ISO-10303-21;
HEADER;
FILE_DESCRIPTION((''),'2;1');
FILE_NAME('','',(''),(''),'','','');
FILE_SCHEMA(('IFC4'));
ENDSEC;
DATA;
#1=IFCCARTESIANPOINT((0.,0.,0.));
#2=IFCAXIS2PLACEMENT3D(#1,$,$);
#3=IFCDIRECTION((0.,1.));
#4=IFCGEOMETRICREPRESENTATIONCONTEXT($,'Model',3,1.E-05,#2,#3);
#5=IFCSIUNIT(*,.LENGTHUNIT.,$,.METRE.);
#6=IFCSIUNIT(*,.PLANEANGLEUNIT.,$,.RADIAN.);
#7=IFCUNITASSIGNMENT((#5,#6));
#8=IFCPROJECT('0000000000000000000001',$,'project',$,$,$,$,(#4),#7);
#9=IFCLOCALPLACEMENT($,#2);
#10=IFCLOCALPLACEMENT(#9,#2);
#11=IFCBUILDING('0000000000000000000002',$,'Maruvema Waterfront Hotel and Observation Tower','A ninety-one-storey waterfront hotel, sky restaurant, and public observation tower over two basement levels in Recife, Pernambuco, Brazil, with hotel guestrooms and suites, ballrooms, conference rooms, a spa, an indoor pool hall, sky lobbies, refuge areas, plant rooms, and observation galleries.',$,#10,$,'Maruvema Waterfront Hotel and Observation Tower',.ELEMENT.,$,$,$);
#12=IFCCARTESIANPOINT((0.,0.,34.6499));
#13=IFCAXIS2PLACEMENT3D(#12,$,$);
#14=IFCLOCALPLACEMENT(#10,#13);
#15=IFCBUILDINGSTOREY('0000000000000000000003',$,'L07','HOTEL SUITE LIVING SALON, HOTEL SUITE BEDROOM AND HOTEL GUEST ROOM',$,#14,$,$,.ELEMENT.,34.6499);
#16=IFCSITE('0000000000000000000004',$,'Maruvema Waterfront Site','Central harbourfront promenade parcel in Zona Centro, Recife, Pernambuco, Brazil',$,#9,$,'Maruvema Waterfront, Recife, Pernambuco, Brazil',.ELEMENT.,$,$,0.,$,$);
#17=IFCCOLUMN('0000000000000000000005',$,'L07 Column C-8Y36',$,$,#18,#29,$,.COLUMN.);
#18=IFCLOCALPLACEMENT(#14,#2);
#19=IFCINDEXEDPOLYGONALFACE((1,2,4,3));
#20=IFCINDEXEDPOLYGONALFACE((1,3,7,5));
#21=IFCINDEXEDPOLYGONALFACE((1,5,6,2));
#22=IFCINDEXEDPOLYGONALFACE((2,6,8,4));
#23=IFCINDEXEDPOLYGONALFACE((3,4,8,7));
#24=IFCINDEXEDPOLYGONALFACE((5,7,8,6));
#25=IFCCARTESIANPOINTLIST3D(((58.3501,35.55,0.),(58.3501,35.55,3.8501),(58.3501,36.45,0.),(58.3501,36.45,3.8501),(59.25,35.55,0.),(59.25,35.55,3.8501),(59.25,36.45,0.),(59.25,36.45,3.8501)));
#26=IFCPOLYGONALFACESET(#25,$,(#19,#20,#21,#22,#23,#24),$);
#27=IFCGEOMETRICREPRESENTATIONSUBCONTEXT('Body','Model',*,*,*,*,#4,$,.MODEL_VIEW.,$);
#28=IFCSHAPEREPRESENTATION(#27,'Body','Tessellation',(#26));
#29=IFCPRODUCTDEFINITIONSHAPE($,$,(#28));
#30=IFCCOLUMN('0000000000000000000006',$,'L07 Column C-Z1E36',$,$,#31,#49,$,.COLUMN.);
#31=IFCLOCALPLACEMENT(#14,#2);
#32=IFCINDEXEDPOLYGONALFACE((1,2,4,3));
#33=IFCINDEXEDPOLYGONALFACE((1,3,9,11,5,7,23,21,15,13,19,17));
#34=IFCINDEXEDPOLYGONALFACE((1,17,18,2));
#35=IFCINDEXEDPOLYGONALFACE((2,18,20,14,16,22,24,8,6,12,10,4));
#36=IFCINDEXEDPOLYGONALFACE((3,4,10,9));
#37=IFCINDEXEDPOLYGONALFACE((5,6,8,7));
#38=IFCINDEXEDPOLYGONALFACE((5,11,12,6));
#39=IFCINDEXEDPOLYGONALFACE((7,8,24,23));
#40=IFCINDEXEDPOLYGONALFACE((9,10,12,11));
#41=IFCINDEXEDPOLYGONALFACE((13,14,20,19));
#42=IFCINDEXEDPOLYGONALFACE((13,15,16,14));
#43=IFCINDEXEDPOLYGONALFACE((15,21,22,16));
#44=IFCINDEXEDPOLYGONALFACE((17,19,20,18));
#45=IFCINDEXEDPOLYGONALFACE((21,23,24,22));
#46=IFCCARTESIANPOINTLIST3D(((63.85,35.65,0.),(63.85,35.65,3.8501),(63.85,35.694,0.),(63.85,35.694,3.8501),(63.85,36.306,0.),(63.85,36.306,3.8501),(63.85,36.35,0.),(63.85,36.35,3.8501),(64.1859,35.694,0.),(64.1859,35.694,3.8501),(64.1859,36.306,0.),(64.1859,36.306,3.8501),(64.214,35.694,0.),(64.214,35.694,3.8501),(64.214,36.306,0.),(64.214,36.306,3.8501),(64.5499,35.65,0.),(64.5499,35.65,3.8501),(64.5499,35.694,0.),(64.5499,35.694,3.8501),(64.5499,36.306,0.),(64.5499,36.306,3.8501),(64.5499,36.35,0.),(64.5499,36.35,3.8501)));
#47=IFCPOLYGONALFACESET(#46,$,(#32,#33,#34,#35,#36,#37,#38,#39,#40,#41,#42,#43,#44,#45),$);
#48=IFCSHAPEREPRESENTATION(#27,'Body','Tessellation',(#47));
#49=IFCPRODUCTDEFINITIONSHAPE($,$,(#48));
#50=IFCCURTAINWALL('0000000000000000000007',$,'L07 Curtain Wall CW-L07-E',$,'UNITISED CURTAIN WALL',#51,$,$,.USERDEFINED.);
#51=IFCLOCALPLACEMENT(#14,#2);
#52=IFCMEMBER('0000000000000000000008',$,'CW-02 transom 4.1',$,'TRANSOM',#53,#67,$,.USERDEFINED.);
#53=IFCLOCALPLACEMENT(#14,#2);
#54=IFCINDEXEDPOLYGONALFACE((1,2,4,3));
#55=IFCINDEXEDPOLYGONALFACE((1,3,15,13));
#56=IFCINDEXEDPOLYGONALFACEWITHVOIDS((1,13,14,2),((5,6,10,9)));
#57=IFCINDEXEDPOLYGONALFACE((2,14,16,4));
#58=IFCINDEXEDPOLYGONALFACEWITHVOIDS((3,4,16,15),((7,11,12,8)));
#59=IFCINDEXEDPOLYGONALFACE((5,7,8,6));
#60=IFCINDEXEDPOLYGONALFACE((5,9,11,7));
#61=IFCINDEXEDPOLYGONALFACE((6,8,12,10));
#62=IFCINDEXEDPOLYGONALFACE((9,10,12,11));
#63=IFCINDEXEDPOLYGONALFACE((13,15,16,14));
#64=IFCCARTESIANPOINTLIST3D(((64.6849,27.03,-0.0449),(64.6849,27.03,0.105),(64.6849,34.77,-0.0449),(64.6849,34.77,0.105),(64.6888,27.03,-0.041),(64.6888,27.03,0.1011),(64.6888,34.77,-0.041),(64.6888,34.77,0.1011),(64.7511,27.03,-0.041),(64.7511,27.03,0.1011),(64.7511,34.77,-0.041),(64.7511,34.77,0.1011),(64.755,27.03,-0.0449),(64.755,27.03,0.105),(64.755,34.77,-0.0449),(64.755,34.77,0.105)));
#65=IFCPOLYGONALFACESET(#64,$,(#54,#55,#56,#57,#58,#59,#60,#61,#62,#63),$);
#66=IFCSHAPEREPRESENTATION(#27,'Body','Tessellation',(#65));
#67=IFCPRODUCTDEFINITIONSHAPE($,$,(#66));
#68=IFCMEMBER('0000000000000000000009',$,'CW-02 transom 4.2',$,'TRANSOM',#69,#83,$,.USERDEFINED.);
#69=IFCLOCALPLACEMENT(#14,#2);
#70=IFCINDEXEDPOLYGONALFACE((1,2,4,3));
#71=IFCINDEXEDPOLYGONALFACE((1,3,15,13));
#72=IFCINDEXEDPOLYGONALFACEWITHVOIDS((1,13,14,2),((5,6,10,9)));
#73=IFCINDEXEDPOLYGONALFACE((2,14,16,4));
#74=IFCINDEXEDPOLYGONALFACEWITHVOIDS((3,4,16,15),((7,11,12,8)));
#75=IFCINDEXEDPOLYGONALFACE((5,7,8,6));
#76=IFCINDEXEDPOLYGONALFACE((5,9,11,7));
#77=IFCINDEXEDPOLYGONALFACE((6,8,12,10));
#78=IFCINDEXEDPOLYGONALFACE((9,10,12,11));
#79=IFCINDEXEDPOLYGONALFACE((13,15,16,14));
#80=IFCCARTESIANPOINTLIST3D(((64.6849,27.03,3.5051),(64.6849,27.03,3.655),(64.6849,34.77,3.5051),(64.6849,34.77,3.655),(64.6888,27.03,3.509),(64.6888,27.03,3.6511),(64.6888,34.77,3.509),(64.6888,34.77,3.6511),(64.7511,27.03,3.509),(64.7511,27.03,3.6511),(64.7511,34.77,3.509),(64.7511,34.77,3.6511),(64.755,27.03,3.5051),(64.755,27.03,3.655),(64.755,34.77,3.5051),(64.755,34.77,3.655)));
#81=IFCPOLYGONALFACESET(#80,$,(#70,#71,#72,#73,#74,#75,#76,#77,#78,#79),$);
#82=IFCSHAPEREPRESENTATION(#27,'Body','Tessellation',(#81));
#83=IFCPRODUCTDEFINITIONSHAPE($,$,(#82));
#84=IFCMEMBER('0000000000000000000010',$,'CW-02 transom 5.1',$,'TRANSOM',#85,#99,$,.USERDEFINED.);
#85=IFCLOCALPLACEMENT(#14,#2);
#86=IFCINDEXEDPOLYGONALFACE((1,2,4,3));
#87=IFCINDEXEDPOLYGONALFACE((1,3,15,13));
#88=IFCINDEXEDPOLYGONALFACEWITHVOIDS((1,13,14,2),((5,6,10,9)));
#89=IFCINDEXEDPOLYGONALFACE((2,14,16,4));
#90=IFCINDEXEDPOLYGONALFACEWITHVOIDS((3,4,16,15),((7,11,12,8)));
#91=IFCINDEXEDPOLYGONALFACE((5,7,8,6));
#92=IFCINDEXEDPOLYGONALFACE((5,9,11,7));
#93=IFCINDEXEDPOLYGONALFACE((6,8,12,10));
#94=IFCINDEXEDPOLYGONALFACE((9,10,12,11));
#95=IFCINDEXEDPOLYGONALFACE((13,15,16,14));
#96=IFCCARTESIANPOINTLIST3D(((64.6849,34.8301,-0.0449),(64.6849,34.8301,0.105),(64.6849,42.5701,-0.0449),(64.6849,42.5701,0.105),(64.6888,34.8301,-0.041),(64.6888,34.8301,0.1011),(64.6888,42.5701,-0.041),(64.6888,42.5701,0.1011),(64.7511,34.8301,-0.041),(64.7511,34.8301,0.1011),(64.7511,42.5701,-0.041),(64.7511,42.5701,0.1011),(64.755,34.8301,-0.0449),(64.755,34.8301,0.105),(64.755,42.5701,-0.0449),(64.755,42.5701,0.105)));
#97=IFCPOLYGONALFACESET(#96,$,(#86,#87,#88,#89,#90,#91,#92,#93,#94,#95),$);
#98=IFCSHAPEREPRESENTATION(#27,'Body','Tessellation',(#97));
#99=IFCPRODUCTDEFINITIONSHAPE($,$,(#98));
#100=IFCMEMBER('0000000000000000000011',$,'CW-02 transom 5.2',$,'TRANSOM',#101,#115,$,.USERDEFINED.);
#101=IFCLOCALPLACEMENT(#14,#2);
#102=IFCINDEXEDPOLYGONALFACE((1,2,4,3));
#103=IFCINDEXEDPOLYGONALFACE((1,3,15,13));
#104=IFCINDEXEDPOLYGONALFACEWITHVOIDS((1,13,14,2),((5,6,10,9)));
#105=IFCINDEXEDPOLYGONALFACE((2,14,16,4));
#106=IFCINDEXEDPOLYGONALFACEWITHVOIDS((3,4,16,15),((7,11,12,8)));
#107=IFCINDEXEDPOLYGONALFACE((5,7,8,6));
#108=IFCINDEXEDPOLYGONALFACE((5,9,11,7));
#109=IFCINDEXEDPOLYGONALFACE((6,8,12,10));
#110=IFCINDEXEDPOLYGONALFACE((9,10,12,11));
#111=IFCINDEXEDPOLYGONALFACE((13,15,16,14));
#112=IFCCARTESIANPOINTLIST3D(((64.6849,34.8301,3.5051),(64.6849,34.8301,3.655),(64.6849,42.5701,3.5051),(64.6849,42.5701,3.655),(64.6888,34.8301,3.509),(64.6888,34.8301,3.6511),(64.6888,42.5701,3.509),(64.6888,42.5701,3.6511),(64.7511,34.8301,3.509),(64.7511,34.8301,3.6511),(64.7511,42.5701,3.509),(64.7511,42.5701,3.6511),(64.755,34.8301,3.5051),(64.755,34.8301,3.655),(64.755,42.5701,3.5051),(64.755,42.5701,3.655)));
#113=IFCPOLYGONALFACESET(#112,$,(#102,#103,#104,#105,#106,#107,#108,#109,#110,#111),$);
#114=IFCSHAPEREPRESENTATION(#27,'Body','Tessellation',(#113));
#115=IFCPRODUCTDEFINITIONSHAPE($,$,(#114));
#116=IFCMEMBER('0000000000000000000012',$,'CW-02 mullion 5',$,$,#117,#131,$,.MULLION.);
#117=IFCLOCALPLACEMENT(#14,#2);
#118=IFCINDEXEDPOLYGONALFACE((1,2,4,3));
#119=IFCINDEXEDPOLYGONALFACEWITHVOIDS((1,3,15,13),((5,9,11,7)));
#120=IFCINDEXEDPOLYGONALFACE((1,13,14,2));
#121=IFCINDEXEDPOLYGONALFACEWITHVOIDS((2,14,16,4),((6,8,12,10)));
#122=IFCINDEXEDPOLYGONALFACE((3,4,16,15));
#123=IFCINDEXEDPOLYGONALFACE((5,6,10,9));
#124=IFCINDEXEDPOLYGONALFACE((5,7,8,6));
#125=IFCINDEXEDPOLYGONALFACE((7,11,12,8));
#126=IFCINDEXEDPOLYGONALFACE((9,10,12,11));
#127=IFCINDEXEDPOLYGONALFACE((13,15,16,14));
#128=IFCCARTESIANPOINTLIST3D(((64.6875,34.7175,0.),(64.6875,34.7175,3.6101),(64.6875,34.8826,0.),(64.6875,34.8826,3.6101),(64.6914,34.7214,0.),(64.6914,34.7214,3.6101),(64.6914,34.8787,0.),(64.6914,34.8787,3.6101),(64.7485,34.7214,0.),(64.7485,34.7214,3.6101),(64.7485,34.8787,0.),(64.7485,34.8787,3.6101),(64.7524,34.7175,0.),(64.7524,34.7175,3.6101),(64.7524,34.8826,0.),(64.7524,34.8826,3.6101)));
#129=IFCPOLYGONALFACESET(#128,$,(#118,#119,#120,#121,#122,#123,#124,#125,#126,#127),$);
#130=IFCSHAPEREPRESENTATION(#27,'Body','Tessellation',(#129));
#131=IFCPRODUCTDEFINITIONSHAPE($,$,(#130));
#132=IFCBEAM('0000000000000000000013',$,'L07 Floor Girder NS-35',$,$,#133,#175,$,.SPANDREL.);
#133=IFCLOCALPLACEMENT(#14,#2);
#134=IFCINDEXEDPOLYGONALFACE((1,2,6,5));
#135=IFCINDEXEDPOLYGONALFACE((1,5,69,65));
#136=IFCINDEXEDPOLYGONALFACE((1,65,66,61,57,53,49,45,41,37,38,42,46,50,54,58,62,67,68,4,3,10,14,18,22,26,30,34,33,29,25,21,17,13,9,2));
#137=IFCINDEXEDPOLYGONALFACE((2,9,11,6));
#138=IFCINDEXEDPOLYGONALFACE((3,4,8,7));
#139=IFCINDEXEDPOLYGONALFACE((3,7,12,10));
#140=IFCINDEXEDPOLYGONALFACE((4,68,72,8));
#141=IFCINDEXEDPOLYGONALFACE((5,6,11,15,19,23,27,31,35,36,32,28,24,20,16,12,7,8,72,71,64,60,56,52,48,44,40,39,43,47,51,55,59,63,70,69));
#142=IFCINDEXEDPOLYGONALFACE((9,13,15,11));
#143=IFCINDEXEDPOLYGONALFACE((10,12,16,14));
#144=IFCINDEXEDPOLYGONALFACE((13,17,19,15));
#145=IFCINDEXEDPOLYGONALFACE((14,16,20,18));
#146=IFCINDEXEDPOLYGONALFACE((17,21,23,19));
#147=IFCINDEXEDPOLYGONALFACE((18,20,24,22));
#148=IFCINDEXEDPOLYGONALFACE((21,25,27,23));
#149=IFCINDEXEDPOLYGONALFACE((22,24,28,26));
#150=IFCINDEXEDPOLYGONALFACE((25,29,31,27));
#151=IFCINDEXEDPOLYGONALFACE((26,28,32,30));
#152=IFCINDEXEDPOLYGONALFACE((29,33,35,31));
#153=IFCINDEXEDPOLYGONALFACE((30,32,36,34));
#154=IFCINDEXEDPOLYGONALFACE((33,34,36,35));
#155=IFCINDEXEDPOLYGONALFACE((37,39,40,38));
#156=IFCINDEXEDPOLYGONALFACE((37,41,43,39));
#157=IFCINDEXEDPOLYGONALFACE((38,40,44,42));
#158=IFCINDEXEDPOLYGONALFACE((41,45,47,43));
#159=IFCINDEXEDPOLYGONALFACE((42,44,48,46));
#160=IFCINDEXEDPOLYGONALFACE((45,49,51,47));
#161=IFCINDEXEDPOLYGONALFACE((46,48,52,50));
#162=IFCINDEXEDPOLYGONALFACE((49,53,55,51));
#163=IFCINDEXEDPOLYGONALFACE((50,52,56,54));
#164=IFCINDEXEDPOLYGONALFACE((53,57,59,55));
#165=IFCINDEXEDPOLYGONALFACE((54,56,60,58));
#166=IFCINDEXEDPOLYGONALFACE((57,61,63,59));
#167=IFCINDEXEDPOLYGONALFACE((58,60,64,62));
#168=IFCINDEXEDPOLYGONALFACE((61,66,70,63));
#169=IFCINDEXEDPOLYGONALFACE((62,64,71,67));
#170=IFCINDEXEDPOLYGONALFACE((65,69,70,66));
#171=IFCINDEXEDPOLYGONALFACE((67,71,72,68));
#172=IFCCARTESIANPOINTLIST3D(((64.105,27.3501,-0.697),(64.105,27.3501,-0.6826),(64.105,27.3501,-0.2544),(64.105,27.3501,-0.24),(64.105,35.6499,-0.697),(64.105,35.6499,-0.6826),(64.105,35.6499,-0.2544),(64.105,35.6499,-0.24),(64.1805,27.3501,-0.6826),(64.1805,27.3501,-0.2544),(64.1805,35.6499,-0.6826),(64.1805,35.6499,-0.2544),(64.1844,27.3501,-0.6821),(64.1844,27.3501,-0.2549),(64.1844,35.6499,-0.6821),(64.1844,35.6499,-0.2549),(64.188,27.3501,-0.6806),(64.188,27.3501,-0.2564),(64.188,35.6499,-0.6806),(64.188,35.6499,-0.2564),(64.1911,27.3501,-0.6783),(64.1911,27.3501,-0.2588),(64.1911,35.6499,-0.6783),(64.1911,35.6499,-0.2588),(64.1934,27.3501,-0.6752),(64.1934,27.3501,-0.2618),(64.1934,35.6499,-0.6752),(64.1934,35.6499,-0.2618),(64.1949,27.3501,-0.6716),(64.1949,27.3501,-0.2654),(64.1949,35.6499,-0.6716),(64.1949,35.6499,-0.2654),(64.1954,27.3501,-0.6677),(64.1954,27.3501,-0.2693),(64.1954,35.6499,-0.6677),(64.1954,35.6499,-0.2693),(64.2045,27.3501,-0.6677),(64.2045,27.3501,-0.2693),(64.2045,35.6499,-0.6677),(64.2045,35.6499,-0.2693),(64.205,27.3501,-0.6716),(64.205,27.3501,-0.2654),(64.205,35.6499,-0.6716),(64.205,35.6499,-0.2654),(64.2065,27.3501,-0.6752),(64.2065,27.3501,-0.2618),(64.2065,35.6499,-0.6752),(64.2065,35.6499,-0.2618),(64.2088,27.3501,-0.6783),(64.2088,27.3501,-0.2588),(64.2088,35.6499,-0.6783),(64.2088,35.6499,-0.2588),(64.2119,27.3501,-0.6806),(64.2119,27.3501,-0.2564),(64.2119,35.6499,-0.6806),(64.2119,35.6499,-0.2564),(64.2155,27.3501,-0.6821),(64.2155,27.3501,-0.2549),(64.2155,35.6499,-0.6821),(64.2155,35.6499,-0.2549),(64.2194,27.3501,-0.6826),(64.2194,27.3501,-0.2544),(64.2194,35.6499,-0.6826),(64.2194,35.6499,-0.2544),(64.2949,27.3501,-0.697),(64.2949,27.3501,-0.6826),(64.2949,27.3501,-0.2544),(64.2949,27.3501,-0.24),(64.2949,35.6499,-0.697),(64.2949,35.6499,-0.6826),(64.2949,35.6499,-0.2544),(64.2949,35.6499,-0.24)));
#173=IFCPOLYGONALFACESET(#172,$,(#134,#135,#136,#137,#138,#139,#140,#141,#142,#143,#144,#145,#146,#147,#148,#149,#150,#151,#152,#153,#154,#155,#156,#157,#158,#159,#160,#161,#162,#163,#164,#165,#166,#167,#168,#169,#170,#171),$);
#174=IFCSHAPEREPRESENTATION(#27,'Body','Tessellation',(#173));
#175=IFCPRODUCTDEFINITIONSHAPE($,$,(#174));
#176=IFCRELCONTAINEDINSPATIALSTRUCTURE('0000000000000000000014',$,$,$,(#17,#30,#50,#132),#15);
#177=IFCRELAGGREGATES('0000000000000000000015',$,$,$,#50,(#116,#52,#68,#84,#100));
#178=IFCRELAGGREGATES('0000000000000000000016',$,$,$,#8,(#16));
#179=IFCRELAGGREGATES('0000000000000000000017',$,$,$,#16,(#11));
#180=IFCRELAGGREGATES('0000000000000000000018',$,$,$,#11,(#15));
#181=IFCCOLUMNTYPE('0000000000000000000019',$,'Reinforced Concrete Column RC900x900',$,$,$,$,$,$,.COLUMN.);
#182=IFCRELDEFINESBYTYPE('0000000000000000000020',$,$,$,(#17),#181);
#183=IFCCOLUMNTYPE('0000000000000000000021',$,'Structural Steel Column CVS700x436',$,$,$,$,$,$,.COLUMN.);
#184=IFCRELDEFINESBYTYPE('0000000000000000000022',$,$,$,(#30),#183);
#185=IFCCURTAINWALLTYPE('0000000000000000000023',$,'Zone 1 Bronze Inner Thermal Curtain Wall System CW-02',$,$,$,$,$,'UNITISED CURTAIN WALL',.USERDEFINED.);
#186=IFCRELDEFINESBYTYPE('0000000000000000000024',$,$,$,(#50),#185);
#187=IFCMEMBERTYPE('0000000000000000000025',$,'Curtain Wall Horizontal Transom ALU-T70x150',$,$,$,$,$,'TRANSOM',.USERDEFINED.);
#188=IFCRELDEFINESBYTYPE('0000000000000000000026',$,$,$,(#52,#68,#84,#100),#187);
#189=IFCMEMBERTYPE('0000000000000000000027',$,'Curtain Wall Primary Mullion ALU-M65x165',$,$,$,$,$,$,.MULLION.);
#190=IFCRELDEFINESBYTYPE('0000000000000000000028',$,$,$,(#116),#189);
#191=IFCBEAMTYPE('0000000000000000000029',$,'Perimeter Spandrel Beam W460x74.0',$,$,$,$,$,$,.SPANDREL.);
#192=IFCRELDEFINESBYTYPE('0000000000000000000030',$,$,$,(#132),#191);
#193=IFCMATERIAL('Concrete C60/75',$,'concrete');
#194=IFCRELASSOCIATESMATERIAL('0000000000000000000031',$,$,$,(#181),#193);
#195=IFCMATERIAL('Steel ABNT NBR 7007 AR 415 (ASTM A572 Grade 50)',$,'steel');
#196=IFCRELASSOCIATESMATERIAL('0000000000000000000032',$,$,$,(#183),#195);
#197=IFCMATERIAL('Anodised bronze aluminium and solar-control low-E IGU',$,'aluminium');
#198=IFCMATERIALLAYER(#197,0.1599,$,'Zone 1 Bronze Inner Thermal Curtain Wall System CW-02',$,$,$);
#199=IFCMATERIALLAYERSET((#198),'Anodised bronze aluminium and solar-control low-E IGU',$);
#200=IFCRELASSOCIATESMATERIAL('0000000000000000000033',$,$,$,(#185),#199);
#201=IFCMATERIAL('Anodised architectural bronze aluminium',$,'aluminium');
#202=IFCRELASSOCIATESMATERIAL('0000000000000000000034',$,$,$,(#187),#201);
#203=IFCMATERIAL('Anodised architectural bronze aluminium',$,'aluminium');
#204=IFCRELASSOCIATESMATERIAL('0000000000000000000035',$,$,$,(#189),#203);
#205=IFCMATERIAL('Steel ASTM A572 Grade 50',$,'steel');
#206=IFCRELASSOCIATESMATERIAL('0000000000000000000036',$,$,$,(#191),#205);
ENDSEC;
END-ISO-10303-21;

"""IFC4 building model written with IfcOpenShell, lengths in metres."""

from ifc_helpers import new_model, si_unit, direction, frame, origin, origin_2d, place, context, subcontext, project, spatial, rectangle, hollow_rectangle, i_section, extrude, material, layer, layer_set, material_profile, profile_set, type_object, element, aggregate, save


model = new_model("IFC4")

# Units and contexts
model_context = context("Model", 3, precision=1e-05, world=origin(), true_north=direction((0.0, 1.0)))
body_context = subcontext(model_context, "Body", "Model", "MODEL_VIEW")
ifc_project = project(units=[si_unit("LENGTHUNIT", "METRE"), si_unit("PLANEANGLEUNIT", "RADIAN")], contexts=[model_context])

# Site, building, storey
site_placement = place(None, origin())
site = spatial("IfcSite", under=ifc_project, at=site_placement, Name="Maruvema Waterfront Site", Description="Central harbourfront promenade parcel in Zona Centro, Recife, Pernambuco, Brazil", LongName="Maruvema Waterfront, Recife, Pernambuco, Brazil", CompositionType="ELEMENT", RefElevation=0.0)
building_placement = place(site_placement, origin())
building = spatial("IfcBuilding", under=site, at=building_placement, Name="Maruvema Waterfront Hotel and Observation Tower", Description="A ninety-one-storey waterfront hotel, sky restaurant, and public observation tower over two basement levels in Recife, Pernambuco, Brazil, with hotel guestrooms and suites, ballrooms, conference rooms, a spa, an indoor pool hall, sky lobbies, refuge areas, plant rooms, and observation galleries.", LongName="Maruvema Waterfront Hotel and Observation Tower", CompositionType="ELEMENT")
storey_placement = place(building_placement, frame((0.0, 0.0, 34.6499)))
storey = spatial("IfcBuildingStorey", under=building, at=storey_placement, Name="L07", Description="HOTEL SUITE LIVING SALON, HOTEL SUITE BEDROOM AND HOTEL GUEST ROOM", CompositionType="ELEMENT", Elevation=34.6499)

# Columns
ifc_material_1 = material(Name="Concrete C60/75", Category="concrete")
ifc_material_profile_1 = material_profile(ifc_material_1, rectangle(XDim=0.8999, YDim=0.8999, at=origin_2d()), Name="RC900x900")
ifc_profile_set_1 = profile_set([ifc_material_profile_1], Name="Concrete C60/75")
column_type_1 = type_object("IfcColumnType", Name="Reinforced Concrete Column RC900x900", PredefinedType="COLUMN", material=ifc_profile_set_1)
column_1_placement = place(storey_placement, frame((58.8, 36.0, 0.0), z_axis=(0.0, 0.0, 1.0), x_axis=(1.0, 0.0, 0.0)))
element("IfcColumn", 1, at=column_1_placement, inside=storey, type_object=column_type_1, Name="L07 Column C-8Y36", PredefinedType="COLUMN", context=body_context, shape_type="SweptSolid", body=[
    extrude(rectangle(XDim=0.8999, YDim=0.8999, at=origin_2d()), origin(), (0.0, 0.0, 1.0), 3.8501),
])
ifc_material_2 = material(Name="Steel ABNT NBR 7007 AR 415 (ASTM A572 Grade 50)", Category="steel")
ifc_material_profile_2 = material_profile(ifc_material_2, i_section(OverallWidth=0.7, OverallDepth=0.7, WebThickness=0.0281, FlangeThickness=0.0439, at=origin_2d()), Name="CVS700x436")
ifc_profile_set_2 = profile_set([ifc_material_profile_2], Name="Steel ABNT NBR 7007 AR 415 (ASTM A572 Grade 50)")
column_type_2 = type_object("IfcColumnType", Name="Structural Steel Column CVS700x436", PredefinedType="COLUMN", material=ifc_profile_set_2)
column_2_placement = place(storey_placement, frame((64.2, 36.0, 0.0), z_axis=(0.0, 0.0, 1.0), x_axis=(1.0, 0.0, 0.0)))
element("IfcColumn", 2, at=column_2_placement, inside=storey, type_object=column_type_2, Name="L07 Column C-Z1E36", PredefinedType="COLUMN", context=body_context, shape_type="SweptSolid", body=[
    extrude(i_section(OverallWidth=0.7, OverallDepth=0.7, WebThickness=0.0281, FlangeThickness=0.0439, at=origin_2d()), origin(), (0.0, 0.0, 1.0), 3.8501),
])

# Curtain wall, members
ifc_material_3 = material(Name="Anodised bronze aluminium and solar-control low-E IGU", Category="aluminium")
ifc_layer_1 = layer(ifc_material_3, 0.1599, Name="Zone 1 Bronze Inner Thermal Curtain Wall System CW-02")
ifc_layer_set_1 = layer_set([ifc_layer_1], Name="Anodised bronze aluminium and solar-control low-E IGU")
curtain_wall_type = type_object("IfcCurtainWallType", Name="Zone 1 Bronze Inner Thermal Curtain Wall System CW-02", ElementType="UNITISED CURTAIN WALL", PredefinedType="USERDEFINED", material=ifc_layer_set_1)
curtain_wall_placement = place(storey_placement, origin())
curtain_wall = element("IfcCurtainWall", 3, at=curtain_wall_placement, inside=storey, type_object=curtain_wall_type, Name="L07 Curtain Wall CW-L07-E", ObjectType="UNITISED CURTAIN WALL", PredefinedType="USERDEFINED")
ifc_material_4 = material(Name="Anodised architectural bronze aluminium", Category="aluminium")
ifc_material_profile_3 = material_profile(ifc_material_4, hollow_rectangle(XDim=0.0701, YDim=0.1499, WallThickness=0.0039, at=origin_2d()), Name="ALU-T70x150")
ifc_profile_set_3 = profile_set([ifc_material_profile_3], Name="Anodised architectural bronze aluminium")
member_type_1 = type_object("IfcMemberType", Name="Curtain Wall Horizontal Transom ALU-T70x150", ElementType="TRANSOM", PredefinedType="USERDEFINED", material=ifc_profile_set_3)
member_1_placement = place(storey_placement, frame((64.72, 27.03, 0.03), z_axis=(0.0, 1.0, 0.0), x_axis=(-1.0, 0.0, 0.0)))
member_1 = element("IfcMember", 4, at=member_1_placement, type_object=member_type_1, Name="CW-02 transom 4.1", ObjectType="TRANSOM", PredefinedType="USERDEFINED", context=body_context, shape_type="SweptSolid", body=[
    extrude(hollow_rectangle(XDim=0.0701, YDim=0.1499, WallThickness=0.0039, at=origin_2d()), origin(), (0.0, 0.0, 1.0), 7.74),
])
member_2_placement = place(storey_placement, frame((64.72, 27.03, 3.5801), z_axis=(0.0, 1.0, 0.0), x_axis=(-1.0, 0.0, 0.0)))
member_2 = element("IfcMember", 5, at=member_2_placement, type_object=member_type_1, Name="CW-02 transom 4.2", ObjectType="TRANSOM", PredefinedType="USERDEFINED", context=body_context, shape_type="SweptSolid", body=[
    extrude(hollow_rectangle(XDim=0.0701, YDim=0.1499, WallThickness=0.0039, at=origin_2d()), origin(), (0.0, 0.0, 1.0), 7.74),
])
member_3_placement = place(storey_placement, frame((64.72, 34.8301, 0.03), z_axis=(0.0, 1.0, 0.0), x_axis=(-1.0, 0.0, 0.0)))
member_3 = element("IfcMember", 6, at=member_3_placement, type_object=member_type_1, Name="CW-02 transom 5.1", ObjectType="TRANSOM", PredefinedType="USERDEFINED", context=body_context, shape_type="SweptSolid", body=[
    extrude(hollow_rectangle(XDim=0.0701, YDim=0.1499, WallThickness=0.0039, at=origin_2d()), origin(), (0.0, 0.0, 1.0), 7.74),
])
member_4_placement = place(storey_placement, frame((64.72, 34.8301, 3.5801), z_axis=(0.0, 1.0, 0.0), x_axis=(-1.0, 0.0, 0.0)))
member_4 = element("IfcMember", 7, at=member_4_placement, type_object=member_type_1, Name="CW-02 transom 5.2", ObjectType="TRANSOM", PredefinedType="USERDEFINED", context=body_context, shape_type="SweptSolid", body=[
    extrude(hollow_rectangle(XDim=0.0701, YDim=0.1499, WallThickness=0.0039, at=origin_2d()), origin(), (0.0, 0.0, 1.0), 7.74),
])
ifc_material_5 = material(Name="Anodised architectural bronze aluminium", Category="aluminium")
ifc_material_profile_4 = material_profile(ifc_material_5, hollow_rectangle(XDim=0.0649, YDim=0.165, WallThickness=0.0039, at=origin_2d()), Name="ALU-M65x165")
ifc_profile_set_4 = profile_set([ifc_material_profile_4], Name="Anodised architectural bronze aluminium")
member_type_2 = type_object("IfcMemberType", Name="Curtain Wall Primary Mullion ALU-M65x165", PredefinedType="MULLION", material=ifc_profile_set_4)
member_5_placement = place(storey_placement, frame((64.72, 34.8, 0.0), z_axis=(0.0, 0.0, 1.0), x_axis=(-1.0, 0.0, 0.0)))
member_5 = element("IfcMember", 8, at=member_5_placement, type_object=member_type_2, Name="CW-02 mullion 5", PredefinedType="MULLION", context=body_context, shape_type="SweptSolid", body=[
    extrude(hollow_rectangle(XDim=0.0649, YDim=0.165, WallThickness=0.0039, at=origin_2d()), origin(), (0.0, 0.0, 1.0), 3.6101),
])

# Beam
ifc_material_6 = material(Name="Steel ASTM A572 Grade 50", Category="steel")
ifc_material_profile_5 = material_profile(ifc_material_6, i_section(OverallWidth=0.1899, OverallDepth=0.457, WebThickness=0.009, FlangeThickness=0.0144, FilletRadius=0.0149, at=origin_2d()), Name="W460x74.0")
ifc_profile_set_5 = profile_set([ifc_material_profile_5], Name="Steel ASTM A572 Grade 50")
beam_type_1 = type_object("IfcBeamType", Name="Perimeter Spandrel Beam W460x74.0", PredefinedType="SPANDREL", material=ifc_profile_set_5)
for number, where, z_axis, x_axis, name in (
    (9, (64.2, 27.3501, -0.4685), (0.0, 1.0, 0.0), (-1.0, 0.0, 0.0), "L07 Floor Girder NS-35"),
):
    element("IfcBeam", number, at=place(storey_placement, frame(where, z_axis=z_axis, x_axis=x_axis)), inside=storey, type_object=beam_type_1, Name=name, PredefinedType="SPANDREL", context=body_context, shape_type="SweptSolid", body=[
        extrude(i_section(OverallWidth=0.1899, OverallDepth=0.457, WebThickness=0.009, FlangeThickness=0.0144, FilletRadius=0.0149, at=origin_2d()), origin(), (0.0, 0.0, 1.0), 8.2998),
    ])

aggregate(curtain_wall, [member_5, member_1, member_2, member_3, member_4])

save(model, "model.ifc")
